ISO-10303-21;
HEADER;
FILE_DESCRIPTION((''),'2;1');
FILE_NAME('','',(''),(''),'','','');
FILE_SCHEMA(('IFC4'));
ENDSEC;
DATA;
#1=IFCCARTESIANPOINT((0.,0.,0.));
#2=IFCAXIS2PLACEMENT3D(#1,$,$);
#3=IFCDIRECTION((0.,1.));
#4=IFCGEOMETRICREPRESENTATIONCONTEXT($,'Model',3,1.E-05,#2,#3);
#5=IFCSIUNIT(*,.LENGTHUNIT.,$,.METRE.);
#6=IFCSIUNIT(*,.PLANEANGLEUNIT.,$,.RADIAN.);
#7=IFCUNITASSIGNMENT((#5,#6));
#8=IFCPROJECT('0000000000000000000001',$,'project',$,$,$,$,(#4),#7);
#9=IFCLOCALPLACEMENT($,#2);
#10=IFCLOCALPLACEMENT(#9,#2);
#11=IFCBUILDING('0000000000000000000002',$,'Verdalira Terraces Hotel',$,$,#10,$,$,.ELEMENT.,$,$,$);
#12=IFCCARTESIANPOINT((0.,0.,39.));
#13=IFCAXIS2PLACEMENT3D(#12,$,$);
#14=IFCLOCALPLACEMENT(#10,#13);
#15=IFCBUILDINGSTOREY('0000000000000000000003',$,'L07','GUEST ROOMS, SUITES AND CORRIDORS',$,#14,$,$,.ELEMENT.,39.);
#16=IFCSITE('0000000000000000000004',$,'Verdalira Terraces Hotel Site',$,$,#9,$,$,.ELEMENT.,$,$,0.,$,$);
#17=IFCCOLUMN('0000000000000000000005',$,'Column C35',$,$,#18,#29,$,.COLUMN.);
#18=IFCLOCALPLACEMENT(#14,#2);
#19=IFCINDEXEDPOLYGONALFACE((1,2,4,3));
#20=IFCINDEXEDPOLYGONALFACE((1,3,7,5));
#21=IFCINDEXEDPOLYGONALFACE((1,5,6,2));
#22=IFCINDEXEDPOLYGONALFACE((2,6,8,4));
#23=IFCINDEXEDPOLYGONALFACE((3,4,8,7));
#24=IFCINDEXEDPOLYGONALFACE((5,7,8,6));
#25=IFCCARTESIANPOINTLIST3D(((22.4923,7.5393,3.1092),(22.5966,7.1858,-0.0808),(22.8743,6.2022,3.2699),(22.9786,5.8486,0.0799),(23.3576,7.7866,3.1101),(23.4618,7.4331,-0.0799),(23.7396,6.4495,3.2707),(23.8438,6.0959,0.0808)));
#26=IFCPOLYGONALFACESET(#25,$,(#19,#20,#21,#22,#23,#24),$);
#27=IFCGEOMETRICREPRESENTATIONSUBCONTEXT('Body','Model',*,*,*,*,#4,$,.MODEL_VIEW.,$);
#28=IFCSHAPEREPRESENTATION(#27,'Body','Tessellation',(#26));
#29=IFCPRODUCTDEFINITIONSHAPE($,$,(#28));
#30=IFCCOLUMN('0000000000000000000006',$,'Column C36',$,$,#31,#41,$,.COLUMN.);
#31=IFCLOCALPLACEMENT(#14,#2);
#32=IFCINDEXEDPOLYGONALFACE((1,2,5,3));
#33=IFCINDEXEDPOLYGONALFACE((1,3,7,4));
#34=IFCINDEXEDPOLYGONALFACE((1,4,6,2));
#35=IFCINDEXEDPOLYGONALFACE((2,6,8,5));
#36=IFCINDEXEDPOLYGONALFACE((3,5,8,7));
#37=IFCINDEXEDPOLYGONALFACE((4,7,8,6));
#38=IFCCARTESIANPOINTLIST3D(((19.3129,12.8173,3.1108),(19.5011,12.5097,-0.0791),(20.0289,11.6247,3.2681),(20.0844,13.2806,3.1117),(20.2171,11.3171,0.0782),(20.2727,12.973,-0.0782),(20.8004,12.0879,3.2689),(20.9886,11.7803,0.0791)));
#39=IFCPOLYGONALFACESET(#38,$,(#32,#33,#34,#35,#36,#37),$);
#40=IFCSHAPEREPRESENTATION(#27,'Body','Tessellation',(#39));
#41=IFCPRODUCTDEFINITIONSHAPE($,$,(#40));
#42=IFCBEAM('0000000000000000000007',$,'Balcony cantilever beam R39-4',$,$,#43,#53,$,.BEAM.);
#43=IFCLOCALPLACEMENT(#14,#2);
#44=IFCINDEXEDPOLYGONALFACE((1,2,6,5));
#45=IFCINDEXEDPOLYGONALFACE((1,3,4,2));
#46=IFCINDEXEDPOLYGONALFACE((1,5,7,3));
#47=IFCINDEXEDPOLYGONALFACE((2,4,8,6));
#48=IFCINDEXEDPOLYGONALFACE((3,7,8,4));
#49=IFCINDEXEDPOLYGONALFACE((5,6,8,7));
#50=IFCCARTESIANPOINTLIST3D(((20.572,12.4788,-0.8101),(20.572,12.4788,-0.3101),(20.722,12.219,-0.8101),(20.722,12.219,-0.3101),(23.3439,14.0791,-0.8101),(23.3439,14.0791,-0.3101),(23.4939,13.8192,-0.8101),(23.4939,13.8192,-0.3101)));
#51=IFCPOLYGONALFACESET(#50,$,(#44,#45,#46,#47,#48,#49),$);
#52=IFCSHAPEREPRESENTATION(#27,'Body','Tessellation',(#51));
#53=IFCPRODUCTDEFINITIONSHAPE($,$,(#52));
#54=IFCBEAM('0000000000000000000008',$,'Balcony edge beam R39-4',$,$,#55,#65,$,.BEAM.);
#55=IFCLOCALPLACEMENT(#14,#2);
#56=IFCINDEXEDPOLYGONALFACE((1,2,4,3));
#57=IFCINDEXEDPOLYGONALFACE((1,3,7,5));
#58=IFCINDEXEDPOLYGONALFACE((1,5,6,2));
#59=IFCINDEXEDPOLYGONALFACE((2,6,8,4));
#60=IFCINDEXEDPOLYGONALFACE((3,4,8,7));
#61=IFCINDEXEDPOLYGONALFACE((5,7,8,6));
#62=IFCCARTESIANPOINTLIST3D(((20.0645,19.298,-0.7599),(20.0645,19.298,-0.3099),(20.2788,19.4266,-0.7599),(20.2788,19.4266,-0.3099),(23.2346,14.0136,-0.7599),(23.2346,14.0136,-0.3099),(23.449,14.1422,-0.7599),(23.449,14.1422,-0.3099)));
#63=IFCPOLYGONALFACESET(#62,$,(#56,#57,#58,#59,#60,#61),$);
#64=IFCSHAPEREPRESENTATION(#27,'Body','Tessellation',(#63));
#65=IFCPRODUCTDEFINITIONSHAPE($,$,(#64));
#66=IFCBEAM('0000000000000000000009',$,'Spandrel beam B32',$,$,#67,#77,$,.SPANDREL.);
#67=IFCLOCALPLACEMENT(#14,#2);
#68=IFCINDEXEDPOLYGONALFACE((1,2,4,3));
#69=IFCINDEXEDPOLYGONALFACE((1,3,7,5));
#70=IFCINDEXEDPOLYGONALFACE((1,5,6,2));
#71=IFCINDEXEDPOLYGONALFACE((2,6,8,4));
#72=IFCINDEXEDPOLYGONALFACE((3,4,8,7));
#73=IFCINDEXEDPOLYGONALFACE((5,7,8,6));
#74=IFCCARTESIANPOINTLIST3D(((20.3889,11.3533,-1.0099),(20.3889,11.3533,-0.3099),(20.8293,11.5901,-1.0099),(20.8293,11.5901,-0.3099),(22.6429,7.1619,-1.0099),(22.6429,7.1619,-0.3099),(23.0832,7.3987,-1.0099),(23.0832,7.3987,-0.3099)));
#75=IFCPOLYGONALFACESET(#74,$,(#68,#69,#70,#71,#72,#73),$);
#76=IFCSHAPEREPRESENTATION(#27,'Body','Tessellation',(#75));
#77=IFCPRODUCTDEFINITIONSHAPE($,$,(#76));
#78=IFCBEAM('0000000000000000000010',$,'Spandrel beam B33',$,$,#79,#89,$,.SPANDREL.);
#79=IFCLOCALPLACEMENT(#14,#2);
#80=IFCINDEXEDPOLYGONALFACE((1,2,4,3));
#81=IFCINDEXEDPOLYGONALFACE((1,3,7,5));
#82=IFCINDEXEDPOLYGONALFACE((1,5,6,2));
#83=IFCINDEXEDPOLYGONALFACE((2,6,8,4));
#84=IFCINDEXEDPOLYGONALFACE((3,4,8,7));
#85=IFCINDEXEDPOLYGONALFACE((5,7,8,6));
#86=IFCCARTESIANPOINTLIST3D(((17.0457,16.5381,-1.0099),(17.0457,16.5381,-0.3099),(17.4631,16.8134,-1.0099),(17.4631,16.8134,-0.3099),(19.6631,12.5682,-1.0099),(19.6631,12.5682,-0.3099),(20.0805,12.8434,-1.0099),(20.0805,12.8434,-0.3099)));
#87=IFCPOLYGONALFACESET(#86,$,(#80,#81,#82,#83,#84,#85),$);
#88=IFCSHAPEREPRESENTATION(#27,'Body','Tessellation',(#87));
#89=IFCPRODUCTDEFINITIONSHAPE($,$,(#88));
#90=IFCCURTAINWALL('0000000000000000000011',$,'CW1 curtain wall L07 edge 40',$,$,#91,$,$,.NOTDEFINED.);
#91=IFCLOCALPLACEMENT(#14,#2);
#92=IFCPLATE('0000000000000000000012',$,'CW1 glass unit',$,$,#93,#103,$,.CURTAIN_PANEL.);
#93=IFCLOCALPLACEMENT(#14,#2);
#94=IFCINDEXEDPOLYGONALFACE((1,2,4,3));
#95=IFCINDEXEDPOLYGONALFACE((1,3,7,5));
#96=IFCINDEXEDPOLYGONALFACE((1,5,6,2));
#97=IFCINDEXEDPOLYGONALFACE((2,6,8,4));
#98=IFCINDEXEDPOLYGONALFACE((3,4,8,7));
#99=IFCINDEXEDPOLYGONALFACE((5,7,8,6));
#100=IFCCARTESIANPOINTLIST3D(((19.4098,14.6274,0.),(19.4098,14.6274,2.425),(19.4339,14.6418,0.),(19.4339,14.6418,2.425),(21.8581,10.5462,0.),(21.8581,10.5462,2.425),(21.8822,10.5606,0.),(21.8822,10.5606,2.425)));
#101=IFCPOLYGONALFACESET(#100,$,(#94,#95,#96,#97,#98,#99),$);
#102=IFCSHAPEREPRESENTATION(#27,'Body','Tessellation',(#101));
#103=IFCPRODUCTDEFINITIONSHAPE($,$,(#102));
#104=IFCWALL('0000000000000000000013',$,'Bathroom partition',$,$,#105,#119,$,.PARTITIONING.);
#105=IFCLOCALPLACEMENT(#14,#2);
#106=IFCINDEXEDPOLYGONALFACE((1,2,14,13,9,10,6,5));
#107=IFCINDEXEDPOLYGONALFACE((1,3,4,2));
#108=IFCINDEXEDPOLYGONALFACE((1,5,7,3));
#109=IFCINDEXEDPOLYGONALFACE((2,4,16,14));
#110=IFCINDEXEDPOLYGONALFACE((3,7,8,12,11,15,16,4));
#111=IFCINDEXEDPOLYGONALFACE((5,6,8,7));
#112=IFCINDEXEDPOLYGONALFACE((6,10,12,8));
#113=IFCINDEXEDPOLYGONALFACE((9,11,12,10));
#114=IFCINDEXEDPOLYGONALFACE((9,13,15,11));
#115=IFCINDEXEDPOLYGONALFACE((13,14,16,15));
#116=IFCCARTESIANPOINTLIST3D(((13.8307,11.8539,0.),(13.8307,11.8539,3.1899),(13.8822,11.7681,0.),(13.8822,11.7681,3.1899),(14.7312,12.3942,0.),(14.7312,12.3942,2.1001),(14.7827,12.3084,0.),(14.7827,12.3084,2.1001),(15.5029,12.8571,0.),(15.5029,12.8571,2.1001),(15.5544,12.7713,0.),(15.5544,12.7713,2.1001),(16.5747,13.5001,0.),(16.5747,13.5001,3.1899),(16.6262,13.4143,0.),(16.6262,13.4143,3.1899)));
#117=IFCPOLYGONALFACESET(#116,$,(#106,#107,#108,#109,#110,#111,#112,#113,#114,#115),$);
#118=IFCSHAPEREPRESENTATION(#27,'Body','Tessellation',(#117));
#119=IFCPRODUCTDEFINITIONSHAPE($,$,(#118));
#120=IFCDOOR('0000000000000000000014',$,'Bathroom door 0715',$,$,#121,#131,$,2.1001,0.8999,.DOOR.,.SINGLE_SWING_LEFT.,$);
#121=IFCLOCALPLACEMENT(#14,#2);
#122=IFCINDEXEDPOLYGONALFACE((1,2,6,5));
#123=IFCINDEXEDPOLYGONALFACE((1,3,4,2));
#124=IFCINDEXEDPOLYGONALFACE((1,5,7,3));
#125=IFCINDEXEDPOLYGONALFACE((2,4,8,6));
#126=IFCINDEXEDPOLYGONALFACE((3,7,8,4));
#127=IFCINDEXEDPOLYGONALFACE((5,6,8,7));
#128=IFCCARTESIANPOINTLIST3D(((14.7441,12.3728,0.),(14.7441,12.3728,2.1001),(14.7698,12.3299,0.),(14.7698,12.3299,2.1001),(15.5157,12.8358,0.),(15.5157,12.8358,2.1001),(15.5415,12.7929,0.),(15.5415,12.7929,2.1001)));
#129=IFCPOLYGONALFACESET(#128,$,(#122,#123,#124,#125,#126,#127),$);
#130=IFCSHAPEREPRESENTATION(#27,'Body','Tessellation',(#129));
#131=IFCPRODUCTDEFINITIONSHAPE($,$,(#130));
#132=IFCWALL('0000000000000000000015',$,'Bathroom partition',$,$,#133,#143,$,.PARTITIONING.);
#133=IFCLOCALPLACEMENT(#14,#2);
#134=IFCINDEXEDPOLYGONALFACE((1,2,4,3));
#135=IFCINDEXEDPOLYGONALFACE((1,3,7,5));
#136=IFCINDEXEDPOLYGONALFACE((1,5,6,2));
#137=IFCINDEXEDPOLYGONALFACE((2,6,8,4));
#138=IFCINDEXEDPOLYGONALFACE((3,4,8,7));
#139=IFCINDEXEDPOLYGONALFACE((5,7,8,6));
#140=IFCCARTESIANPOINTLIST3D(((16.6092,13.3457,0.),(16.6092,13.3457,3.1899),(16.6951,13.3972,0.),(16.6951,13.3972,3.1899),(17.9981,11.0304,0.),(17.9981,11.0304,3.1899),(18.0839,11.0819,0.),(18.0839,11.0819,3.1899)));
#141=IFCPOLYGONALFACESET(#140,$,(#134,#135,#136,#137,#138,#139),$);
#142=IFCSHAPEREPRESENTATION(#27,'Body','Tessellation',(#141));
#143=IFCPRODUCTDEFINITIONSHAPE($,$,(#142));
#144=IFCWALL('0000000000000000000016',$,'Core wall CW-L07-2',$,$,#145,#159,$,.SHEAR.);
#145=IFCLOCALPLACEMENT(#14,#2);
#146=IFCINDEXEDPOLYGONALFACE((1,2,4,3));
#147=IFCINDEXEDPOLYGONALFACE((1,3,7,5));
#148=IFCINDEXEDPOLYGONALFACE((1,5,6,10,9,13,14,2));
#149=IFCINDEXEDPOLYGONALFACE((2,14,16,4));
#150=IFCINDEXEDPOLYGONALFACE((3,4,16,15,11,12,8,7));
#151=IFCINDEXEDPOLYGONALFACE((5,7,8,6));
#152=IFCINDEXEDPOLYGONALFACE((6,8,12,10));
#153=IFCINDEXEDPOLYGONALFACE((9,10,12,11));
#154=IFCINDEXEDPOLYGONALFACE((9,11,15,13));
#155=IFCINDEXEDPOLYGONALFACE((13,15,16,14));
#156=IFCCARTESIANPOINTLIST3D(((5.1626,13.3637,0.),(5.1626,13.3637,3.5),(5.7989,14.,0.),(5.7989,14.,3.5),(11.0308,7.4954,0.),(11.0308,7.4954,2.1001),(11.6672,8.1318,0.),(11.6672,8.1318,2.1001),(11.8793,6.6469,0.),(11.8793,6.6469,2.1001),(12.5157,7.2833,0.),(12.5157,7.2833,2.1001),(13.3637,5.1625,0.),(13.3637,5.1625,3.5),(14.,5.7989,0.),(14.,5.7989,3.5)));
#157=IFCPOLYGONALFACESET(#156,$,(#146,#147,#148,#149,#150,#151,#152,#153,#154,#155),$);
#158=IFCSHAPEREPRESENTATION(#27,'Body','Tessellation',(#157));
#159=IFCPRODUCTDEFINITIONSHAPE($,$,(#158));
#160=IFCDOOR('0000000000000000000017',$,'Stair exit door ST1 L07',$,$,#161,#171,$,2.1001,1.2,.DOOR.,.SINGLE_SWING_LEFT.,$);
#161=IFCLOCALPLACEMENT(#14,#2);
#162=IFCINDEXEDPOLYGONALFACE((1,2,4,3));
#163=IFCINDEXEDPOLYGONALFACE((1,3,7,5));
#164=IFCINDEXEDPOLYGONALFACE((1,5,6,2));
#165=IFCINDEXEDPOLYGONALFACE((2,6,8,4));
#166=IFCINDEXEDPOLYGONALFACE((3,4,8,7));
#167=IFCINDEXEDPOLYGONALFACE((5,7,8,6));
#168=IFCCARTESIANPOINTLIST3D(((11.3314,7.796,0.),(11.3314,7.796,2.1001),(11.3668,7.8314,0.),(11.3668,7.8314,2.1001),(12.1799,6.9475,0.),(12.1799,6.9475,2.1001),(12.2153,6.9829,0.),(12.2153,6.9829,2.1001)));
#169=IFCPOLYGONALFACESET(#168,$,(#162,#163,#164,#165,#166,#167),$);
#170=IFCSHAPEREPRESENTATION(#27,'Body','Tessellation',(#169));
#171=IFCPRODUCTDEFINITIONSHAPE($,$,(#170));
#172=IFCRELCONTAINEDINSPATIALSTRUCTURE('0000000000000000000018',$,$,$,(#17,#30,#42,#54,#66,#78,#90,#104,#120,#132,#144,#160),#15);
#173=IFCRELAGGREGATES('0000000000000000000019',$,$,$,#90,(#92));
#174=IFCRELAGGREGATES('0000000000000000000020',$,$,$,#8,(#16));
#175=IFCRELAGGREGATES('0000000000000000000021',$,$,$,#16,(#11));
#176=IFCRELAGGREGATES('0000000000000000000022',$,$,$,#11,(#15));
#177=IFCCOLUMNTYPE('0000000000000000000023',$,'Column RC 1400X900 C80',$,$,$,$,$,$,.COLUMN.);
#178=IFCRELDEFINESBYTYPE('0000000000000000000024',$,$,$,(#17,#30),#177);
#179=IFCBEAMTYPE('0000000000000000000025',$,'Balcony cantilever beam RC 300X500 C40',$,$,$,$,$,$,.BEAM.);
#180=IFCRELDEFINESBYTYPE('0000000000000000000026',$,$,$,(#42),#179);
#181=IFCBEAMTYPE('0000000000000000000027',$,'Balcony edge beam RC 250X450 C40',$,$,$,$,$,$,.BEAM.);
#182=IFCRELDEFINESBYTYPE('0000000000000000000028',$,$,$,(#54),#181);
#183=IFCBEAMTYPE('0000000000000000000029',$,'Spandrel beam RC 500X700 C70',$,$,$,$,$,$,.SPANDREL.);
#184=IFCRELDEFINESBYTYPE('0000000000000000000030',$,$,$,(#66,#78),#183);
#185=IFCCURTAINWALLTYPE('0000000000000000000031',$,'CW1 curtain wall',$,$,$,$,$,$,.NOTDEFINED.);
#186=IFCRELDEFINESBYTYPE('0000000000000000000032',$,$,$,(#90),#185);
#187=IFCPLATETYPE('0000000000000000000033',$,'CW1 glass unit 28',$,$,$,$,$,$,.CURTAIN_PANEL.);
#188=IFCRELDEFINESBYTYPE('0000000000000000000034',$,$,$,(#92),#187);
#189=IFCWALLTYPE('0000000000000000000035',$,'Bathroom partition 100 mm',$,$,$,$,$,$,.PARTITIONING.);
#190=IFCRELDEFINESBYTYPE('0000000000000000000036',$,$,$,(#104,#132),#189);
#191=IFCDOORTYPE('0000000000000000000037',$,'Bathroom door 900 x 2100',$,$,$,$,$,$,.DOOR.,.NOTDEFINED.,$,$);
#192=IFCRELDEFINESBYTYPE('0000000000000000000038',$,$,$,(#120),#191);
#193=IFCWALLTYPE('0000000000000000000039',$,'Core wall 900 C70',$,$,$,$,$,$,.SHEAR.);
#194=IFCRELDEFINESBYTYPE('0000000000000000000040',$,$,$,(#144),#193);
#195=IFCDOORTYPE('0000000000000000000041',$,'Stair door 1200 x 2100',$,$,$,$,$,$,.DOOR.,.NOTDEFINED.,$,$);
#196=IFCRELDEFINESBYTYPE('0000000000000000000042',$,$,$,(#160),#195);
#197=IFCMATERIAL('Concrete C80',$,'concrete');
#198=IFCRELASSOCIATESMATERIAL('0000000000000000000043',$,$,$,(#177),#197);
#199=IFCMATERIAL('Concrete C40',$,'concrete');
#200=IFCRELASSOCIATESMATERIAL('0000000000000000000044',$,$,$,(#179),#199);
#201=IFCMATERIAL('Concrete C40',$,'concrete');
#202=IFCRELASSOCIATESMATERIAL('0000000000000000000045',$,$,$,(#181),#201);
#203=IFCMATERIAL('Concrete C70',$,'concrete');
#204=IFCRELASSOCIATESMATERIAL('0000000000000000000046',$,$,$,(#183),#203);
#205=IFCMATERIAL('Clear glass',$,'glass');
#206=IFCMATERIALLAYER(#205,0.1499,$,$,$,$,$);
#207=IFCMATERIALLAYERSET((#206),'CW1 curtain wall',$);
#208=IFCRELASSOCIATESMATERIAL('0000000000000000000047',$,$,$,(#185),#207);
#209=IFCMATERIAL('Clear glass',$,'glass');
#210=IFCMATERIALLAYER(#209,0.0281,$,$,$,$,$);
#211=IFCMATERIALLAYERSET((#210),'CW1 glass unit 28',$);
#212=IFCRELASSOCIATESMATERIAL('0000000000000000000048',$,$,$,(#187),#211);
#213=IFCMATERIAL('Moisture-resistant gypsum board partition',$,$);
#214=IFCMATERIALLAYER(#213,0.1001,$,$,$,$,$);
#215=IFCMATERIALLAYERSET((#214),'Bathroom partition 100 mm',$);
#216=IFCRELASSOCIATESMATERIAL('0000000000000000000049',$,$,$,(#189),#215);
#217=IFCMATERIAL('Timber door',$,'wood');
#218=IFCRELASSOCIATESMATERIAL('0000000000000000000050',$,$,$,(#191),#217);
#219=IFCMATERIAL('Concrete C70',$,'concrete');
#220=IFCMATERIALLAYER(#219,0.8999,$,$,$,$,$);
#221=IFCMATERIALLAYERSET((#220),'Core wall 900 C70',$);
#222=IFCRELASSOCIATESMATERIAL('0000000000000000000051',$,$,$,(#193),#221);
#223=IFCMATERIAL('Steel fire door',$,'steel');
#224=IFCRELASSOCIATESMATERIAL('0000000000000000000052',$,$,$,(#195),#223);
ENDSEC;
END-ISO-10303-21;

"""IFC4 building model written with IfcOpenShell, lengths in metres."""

from ifc_helpers import new_model, si_unit, direction, frame, frame_2d, origin, origin_2d, place, context, subcontext, project, spatial, rectangle, extrude, material, layer, layer_set, material_profile, profile_set, type_object, element, fill, aggregate, save


model = new_model("IFC4")

# Units and contexts
model_context = context("Model", 3, precision=1e-05, world=origin(), true_north=direction((0.0, 1.0)))
body_context = subcontext(model_context, "Body", "Model", "MODEL_VIEW")
ifc_project = project(units=[si_unit("LENGTHUNIT", "METRE"), si_unit("PLANEANGLEUNIT", "RADIAN")], contexts=[model_context])

# Site, building, storey
site_placement = place(None, origin())
site = spatial("IfcSite", under=ifc_project, at=site_placement, Name="Verdalira Terraces Hotel Site", CompositionType="ELEMENT", RefElevation=0.0)
building_placement = place(site_placement, origin())
building = spatial("IfcBuilding", under=site, at=building_placement, Name="Verdalira Terraces Hotel", CompositionType="ELEMENT")
storey_placement = place(building_placement, frame((0.0, 0.0, 39.0)))
storey = spatial("IfcBuildingStorey", under=building, at=storey_placement, Name="L07", Description="GUEST ROOMS, SUITES AND CORRIDORS", CompositionType="ELEMENT", Elevation=39.0)

# Columns
ifc_material_1 = material(Name="Concrete C80", Category="concrete")
ifc_material_profile_1 = material_profile(ifc_material_1, rectangle(XDim=1.3999, YDim=0.8999, at=origin_2d()), Name="RC 1400X900")
ifc_profile_set_1 = profile_set([ifc_material_profile_1], Name="Concrete C80")
column_type = type_object("IfcColumnType", Name="Column RC 1400X900 C80", PredefinedType="COLUMN", material=ifc_profile_set_1)
column_1_placement = place(storey_placement, frame((23.2202, 6.6409, 0.0), z_axis=(-0.032464, 0.11009, 0.993391), x_axis=(0.272879, -0.955178, 0.114772)))
element("IfcColumn", 1, at=column_1_placement, inside=storey, type_object=column_type, Name="Column C35", PredefinedType="COLUMN", context=body_context, shape_type="SweptSolid", body=[
    extrude(rectangle(XDim=1.3999, YDim=0.8999, at=origin_2d()), origin(), (0.0, 0.0, 1.0), 3.2112),
])
column_2_placement = place(storey_placement, frame((20.2449, 12.145, 0.0), z_axis=(-0.058635, 0.095823, 0.99367), x_axis=(-0.511428, 0.851952, -0.112335)))
element("IfcColumn", 2, at=column_2_placement, inside=storey, type_object=column_type, Name="Column C36", PredefinedType="COLUMN", context=body_context, shape_type="SweptSolid", body=[
    extrude(rectangle(XDim=1.3999, YDim=0.8999, at=origin_2d()), origin(), (0.0, 0.0, 1.0), 3.2102),
])

# Beams
ifc_material_2 = material(Name="Concrete C40", Category="concrete")
ifc_material_profile_2 = material_profile(ifc_material_2, rectangle(XDim=0.3, YDim=0.5, at=origin_2d()), Name="RC 300X500")
ifc_profile_set_2 = profile_set([ifc_material_profile_2], Name="Concrete C40")
beam_type_1 = type_object("IfcBeamType", Name="Balcony cantilever beam RC 300X500 C40", PredefinedType="BEAM", material=ifc_profile_set_2)
beam_1_placement = place(storey_placement, frame((20.647, 12.3489, -0.5601), z_axis=(0.866033, 0.499987, 0.0), x_axis=(-0.499987, 0.866033, 0.0)))
element("IfcBeam", 3, at=beam_1_placement, inside=storey, type_object=beam_type_1, Name="Balcony cantilever beam R39-4", PredefinedType="BEAM", context=body_context, shape_type="SweptSolid", body=[
    extrude(rectangle(XDim=0.3, YDim=0.5, at=origin_2d()), origin(), (0.0, 0.0, 1.0), 3.2007),
])
ifc_material_3 = material(Name="Concrete C40", Category="concrete")
ifc_material_profile_3 = material_profile(ifc_material_3, rectangle(XDim=0.25, YDim=0.45, at=origin_2d()), Name="RC 250X450")
ifc_profile_set_3 = profile_set([ifc_material_profile_3], Name="Concrete C40")
beam_type_2 = type_object("IfcBeamType", Name="Balcony edge beam RC 250X450 C40", PredefinedType="BEAM", material=ifc_profile_set_3)
beam_2_placement = place(storey_placement, frame((23.3418, 14.0779, -0.5349), z_axis=(-0.514437, 0.857528, 0.0), x_axis=(-0.857528, -0.514437, 0.0)))
element("IfcBeam", 4, at=beam_2_placement, inside=storey, type_object=beam_type_2, Name="Balcony edge beam R39-4", PredefinedType="BEAM", context=body_context, shape_type="SweptSolid", body=[
    extrude(rectangle(XDim=0.25, YDim=0.45, at=origin_2d()), origin(), (0.0, 0.0, 1.0), 6.1624),
])
ifc_material_4 = material(Name="Concrete C70", Category="concrete")
ifc_material_profile_4 = material_profile(ifc_material_4, rectangle(XDim=0.5, YDim=0.7, at=origin_2d()), Name="RC 500X700")
ifc_profile_set_4 = profile_set([ifc_material_profile_4], Name="Concrete C70")
beam_type_3 = type_object("IfcBeamType", Name="Spandrel beam RC 500X700 C70", PredefinedType="SPANDREL", material=ifc_profile_set_4)
beam_3_placement = place(storey_placement, frame((22.863, 7.2803, -0.6599), z_axis=(-0.47361, 0.880735, 0.0), x_axis=(-0.880735, -0.47361, 0.0)))
element("IfcBeam", 5, at=beam_3_placement, inside=storey, type_object=beam_type_3, Name="Spandrel beam B32", PredefinedType="SPANDREL", context=body_context, shape_type="SweptSolid", body=[
    extrude(rectangle(XDim=0.5, YDim=0.7, at=origin_2d()), origin(), (0.0, 0.0, 1.0), 4.759),
])
beam_4_placement = place(storey_placement, frame((19.8718, 12.7058, -0.6599), z_axis=(-0.550439, 0.834875, 0.0), x_axis=(-0.834875, -0.550439, 0.0)))
element("IfcBeam", 6, at=beam_4_placement, inside=storey, type_object=beam_type_3, Name="Spandrel beam B33", PredefinedType="SPANDREL", context=body_context, shape_type="SweptSolid", body=[
    extrude(rectangle(XDim=0.5, YDim=0.7, at=origin_2d()), origin(), (0.0, 0.0, 1.0), 4.7551),
])

# Curtain wall, plate
ifc_material_5 = material(Name="Clear glass", Category="glass")
ifc_layer_1 = layer(ifc_material_5, 0.1499)
ifc_layer_set_1 = layer_set([ifc_layer_1], Name="CW1 curtain wall")
curtain_wall_type = type_object("IfcCurtainWallType", Name="CW1 curtain wall", PredefinedType="NOTDEFINED", material=ifc_layer_set_1)
curtain_wall_placement = place(storey_placement, origin())
curtain_wall = element("IfcCurtainWall", 7, at=curtain_wall_placement, inside=storey, type_object=curtain_wall_type, Name="CW1 curtain wall L07 edge 40", PredefinedType="NOTDEFINED")
ifc_material_6 = material(Name="Clear glass", Category="glass")
ifc_layer_2 = layer(ifc_material_6, 0.0281)
ifc_layer_set_2 = layer_set([ifc_layer_2], Name="CW1 glass unit 28")
plate_type = type_object("IfcPlateType", Name="CW1 glass unit 28", PredefinedType="CURTAIN_PANEL", material=ifc_layer_set_2)
plate_placement = place(storey_placement, frame((20.646, 12.594, 0.0), z_axis=(0.0, 0.0, 1.0), x_axis=(-0.51444, 0.857527, 0.0)))
plate = element("IfcPlate", 8, at=plate_placement, type_object=plate_type, Name="CW1 glass unit", PredefinedType="CURTAIN_PANEL", context=body_context, shape_type="SweptSolid", body=[
    extrude(rectangle(XDim=4.7593, YDim=0.0281, at=origin_2d()), origin(), (0.0, 0.0, 1.0), 2.425),
])
aggregate(curtain_wall, [plate])

# Wall, opening, door
ifc_material_7 = material(Name="Moisture-resistant gypsum board partition")
ifc_layer_3 = layer(ifc_material_7, 0.1001)
ifc_layer_set_3 = layer_set([ifc_layer_3], Name="Bathroom partition 100 mm")
wall_type_1 = type_object("IfcWallType", Name="Bathroom partition 100 mm", PredefinedType="PARTITIONING", material=ifc_layer_set_3)
wall_1_placement = place(storey_placement, frame((16.6006, 13.4573, 0.0), z_axis=(0.0, 0.0, 1.0), x_axis=(-0.857527, -0.51444, 0.0)))
wall_1 = element("IfcWall", 9, at=wall_1_placement, inside=storey, type_object=wall_type_1, Name="Bathroom partition", PredefinedType="PARTITIONING", context=body_context, shape_type="SweptSolid", body=[
    extrude(rectangle(XDim=3.2, YDim=0.1001, at=frame_2d((1.6001, 0.0))), origin(), (0.0, 0.0, 1.0), 3.1899),
])
opening_1_placement = place(wall_1_placement, frame((1.25, 0.0, 0.0)))
opening_1 = element("IfcOpeningElement", 10, at=opening_1_placement, cuts=wall_1, PredefinedType="OPENING", context=body_context, shape_type="SweptSolid", body=[
    extrude(rectangle(XDim=0.8999, YDim=2.1001, at=frame_2d((0.45, 1.05))), frame((0.0, 0.0601, 0.0), z_axis=(0.0, -1.0, 0.0), x_axis=(1.0, 0.0, 0.0)), (0.0, 0.0, 1.0), 0.1201),
])
ifc_material_8 = material(Name="Timber door", Category="wood")
door_type_1 = type_object("IfcDoorType", Name="Bathroom door 900 x 2100", OperationType="NOTDEFINED", PredefinedType="DOOR", material=ifc_material_8)
door_1_placement = place(opening_1_placement, origin())
door_1 = element("IfcDoor", 11, at=door_1_placement, inside=storey, type_object=door_type_1, Name="Bathroom door 0715", OperationType="SINGLE_SWING_LEFT", OverallHeight=2.1001, OverallWidth=0.8999, PredefinedType="DOOR", context=body_context, shape_type="SweptSolid", body=[
    extrude(rectangle(XDim=0.8999, YDim=2.1001, at=frame_2d((0.45, 1.05))), frame((0.0, 0.0249, 0.0), z_axis=(0.0, -1.0, 0.0), x_axis=(1.0, 0.0, 0.0)), (0.0, 0.0, 1.0), 0.05),
])
fill(opening_1, door_1)

# Wall
wall_2_placement = place(storey_placement, frame((16.6521, 13.3716, 0.0), z_axis=(0.0, 0.0, 1.0), x_axis=(0.514403, -0.857549, 0.0)))
element("IfcWall", 12, at=wall_2_placement, inside=storey, type_object=wall_type_1, Name="Bathroom partition", PredefinedType="PARTITIONING", context=body_context, shape_type="SweptSolid", body=[
    extrude(rectangle(XDim=2.7, YDim=0.1001, at=frame_2d((1.3501, 0.0))), origin(), (0.0, 0.0, 1.0), 3.1899),
])

# Wall, opening, door
ifc_material_9 = material(Name="Concrete C70", Category="concrete")
ifc_layer_4 = layer(ifc_material_9, 0.8999)
ifc_layer_set_4 = layer_set([ifc_layer_4], Name="Core wall 900 C70")
wall_type_2 = type_object("IfcWallType", Name="Core wall 900 C70", PredefinedType="SHEAR", material=ifc_layer_set_4)
wall_3_placement = place(storey_placement, frame((13.6819, 5.4807, 0.0), z_axis=(0.0, 0.0, 1.0), x_axis=(-0.707107, 0.707107, 0.0)))
wall_3 = element("IfcWall", 13, at=wall_3_placement, inside=storey, type_object=wall_type_2, Name="Core wall CW-L07-2", PredefinedType="SHEAR", context=body_context, shape_type="SweptSolid", body=[
    extrude(rectangle(XDim=11.5981, YDim=0.8999, at=frame_2d((5.7991, 0.0))), origin(), (0.0, 0.0, 1.0), 3.5),
])
opening_2_placement = place(wall_3_placement, frame((2.0991, 0.0, 0.0)))
opening_2 = element("IfcOpeningElement", 14, at=opening_2_placement, cuts=wall_3, PredefinedType="OPENING", context=body_context, shape_type="SweptSolid", body=[
    extrude(rectangle(XDim=1.2, YDim=2.1001, at=frame_2d((0.6001, 1.05))), frame((0.0, 0.46, 0.0), z_axis=(0.0, -1.0, 0.0), x_axis=(1.0, 0.0, 0.0)), (0.0, 0.0, 1.0), 0.9199),
])
ifc_material_10 = material(Name="Steel fire door", Category="steel")
door_type_2 = type_object("IfcDoorType", Name="Stair door 1200 x 2100", OperationType="NOTDEFINED", PredefinedType="DOOR", material=ifc_material_10)
door_2_placement = place(opening_2_placement, origin())
door_2 = element("IfcDoor", 15, at=door_2_placement, inside=storey, type_object=door_type_2, Name="Stair exit door ST1 L07", OperationType="SINGLE_SWING_LEFT", OverallHeight=2.1001, OverallWidth=1.2, PredefinedType="DOOR", context=body_context, shape_type="SweptSolid", body=[
    extrude(rectangle(XDim=1.2, YDim=2.1001, at=frame_2d((0.6001, 1.05))), frame((0.0, 0.0249, 0.0), z_axis=(0.0, -1.0, 0.0), x_axis=(1.0, 0.0, 0.0)), (0.0, 0.0, 1.0), 0.05),
])
fill(opening_2, door_2)

save(model, "model.ifc")
